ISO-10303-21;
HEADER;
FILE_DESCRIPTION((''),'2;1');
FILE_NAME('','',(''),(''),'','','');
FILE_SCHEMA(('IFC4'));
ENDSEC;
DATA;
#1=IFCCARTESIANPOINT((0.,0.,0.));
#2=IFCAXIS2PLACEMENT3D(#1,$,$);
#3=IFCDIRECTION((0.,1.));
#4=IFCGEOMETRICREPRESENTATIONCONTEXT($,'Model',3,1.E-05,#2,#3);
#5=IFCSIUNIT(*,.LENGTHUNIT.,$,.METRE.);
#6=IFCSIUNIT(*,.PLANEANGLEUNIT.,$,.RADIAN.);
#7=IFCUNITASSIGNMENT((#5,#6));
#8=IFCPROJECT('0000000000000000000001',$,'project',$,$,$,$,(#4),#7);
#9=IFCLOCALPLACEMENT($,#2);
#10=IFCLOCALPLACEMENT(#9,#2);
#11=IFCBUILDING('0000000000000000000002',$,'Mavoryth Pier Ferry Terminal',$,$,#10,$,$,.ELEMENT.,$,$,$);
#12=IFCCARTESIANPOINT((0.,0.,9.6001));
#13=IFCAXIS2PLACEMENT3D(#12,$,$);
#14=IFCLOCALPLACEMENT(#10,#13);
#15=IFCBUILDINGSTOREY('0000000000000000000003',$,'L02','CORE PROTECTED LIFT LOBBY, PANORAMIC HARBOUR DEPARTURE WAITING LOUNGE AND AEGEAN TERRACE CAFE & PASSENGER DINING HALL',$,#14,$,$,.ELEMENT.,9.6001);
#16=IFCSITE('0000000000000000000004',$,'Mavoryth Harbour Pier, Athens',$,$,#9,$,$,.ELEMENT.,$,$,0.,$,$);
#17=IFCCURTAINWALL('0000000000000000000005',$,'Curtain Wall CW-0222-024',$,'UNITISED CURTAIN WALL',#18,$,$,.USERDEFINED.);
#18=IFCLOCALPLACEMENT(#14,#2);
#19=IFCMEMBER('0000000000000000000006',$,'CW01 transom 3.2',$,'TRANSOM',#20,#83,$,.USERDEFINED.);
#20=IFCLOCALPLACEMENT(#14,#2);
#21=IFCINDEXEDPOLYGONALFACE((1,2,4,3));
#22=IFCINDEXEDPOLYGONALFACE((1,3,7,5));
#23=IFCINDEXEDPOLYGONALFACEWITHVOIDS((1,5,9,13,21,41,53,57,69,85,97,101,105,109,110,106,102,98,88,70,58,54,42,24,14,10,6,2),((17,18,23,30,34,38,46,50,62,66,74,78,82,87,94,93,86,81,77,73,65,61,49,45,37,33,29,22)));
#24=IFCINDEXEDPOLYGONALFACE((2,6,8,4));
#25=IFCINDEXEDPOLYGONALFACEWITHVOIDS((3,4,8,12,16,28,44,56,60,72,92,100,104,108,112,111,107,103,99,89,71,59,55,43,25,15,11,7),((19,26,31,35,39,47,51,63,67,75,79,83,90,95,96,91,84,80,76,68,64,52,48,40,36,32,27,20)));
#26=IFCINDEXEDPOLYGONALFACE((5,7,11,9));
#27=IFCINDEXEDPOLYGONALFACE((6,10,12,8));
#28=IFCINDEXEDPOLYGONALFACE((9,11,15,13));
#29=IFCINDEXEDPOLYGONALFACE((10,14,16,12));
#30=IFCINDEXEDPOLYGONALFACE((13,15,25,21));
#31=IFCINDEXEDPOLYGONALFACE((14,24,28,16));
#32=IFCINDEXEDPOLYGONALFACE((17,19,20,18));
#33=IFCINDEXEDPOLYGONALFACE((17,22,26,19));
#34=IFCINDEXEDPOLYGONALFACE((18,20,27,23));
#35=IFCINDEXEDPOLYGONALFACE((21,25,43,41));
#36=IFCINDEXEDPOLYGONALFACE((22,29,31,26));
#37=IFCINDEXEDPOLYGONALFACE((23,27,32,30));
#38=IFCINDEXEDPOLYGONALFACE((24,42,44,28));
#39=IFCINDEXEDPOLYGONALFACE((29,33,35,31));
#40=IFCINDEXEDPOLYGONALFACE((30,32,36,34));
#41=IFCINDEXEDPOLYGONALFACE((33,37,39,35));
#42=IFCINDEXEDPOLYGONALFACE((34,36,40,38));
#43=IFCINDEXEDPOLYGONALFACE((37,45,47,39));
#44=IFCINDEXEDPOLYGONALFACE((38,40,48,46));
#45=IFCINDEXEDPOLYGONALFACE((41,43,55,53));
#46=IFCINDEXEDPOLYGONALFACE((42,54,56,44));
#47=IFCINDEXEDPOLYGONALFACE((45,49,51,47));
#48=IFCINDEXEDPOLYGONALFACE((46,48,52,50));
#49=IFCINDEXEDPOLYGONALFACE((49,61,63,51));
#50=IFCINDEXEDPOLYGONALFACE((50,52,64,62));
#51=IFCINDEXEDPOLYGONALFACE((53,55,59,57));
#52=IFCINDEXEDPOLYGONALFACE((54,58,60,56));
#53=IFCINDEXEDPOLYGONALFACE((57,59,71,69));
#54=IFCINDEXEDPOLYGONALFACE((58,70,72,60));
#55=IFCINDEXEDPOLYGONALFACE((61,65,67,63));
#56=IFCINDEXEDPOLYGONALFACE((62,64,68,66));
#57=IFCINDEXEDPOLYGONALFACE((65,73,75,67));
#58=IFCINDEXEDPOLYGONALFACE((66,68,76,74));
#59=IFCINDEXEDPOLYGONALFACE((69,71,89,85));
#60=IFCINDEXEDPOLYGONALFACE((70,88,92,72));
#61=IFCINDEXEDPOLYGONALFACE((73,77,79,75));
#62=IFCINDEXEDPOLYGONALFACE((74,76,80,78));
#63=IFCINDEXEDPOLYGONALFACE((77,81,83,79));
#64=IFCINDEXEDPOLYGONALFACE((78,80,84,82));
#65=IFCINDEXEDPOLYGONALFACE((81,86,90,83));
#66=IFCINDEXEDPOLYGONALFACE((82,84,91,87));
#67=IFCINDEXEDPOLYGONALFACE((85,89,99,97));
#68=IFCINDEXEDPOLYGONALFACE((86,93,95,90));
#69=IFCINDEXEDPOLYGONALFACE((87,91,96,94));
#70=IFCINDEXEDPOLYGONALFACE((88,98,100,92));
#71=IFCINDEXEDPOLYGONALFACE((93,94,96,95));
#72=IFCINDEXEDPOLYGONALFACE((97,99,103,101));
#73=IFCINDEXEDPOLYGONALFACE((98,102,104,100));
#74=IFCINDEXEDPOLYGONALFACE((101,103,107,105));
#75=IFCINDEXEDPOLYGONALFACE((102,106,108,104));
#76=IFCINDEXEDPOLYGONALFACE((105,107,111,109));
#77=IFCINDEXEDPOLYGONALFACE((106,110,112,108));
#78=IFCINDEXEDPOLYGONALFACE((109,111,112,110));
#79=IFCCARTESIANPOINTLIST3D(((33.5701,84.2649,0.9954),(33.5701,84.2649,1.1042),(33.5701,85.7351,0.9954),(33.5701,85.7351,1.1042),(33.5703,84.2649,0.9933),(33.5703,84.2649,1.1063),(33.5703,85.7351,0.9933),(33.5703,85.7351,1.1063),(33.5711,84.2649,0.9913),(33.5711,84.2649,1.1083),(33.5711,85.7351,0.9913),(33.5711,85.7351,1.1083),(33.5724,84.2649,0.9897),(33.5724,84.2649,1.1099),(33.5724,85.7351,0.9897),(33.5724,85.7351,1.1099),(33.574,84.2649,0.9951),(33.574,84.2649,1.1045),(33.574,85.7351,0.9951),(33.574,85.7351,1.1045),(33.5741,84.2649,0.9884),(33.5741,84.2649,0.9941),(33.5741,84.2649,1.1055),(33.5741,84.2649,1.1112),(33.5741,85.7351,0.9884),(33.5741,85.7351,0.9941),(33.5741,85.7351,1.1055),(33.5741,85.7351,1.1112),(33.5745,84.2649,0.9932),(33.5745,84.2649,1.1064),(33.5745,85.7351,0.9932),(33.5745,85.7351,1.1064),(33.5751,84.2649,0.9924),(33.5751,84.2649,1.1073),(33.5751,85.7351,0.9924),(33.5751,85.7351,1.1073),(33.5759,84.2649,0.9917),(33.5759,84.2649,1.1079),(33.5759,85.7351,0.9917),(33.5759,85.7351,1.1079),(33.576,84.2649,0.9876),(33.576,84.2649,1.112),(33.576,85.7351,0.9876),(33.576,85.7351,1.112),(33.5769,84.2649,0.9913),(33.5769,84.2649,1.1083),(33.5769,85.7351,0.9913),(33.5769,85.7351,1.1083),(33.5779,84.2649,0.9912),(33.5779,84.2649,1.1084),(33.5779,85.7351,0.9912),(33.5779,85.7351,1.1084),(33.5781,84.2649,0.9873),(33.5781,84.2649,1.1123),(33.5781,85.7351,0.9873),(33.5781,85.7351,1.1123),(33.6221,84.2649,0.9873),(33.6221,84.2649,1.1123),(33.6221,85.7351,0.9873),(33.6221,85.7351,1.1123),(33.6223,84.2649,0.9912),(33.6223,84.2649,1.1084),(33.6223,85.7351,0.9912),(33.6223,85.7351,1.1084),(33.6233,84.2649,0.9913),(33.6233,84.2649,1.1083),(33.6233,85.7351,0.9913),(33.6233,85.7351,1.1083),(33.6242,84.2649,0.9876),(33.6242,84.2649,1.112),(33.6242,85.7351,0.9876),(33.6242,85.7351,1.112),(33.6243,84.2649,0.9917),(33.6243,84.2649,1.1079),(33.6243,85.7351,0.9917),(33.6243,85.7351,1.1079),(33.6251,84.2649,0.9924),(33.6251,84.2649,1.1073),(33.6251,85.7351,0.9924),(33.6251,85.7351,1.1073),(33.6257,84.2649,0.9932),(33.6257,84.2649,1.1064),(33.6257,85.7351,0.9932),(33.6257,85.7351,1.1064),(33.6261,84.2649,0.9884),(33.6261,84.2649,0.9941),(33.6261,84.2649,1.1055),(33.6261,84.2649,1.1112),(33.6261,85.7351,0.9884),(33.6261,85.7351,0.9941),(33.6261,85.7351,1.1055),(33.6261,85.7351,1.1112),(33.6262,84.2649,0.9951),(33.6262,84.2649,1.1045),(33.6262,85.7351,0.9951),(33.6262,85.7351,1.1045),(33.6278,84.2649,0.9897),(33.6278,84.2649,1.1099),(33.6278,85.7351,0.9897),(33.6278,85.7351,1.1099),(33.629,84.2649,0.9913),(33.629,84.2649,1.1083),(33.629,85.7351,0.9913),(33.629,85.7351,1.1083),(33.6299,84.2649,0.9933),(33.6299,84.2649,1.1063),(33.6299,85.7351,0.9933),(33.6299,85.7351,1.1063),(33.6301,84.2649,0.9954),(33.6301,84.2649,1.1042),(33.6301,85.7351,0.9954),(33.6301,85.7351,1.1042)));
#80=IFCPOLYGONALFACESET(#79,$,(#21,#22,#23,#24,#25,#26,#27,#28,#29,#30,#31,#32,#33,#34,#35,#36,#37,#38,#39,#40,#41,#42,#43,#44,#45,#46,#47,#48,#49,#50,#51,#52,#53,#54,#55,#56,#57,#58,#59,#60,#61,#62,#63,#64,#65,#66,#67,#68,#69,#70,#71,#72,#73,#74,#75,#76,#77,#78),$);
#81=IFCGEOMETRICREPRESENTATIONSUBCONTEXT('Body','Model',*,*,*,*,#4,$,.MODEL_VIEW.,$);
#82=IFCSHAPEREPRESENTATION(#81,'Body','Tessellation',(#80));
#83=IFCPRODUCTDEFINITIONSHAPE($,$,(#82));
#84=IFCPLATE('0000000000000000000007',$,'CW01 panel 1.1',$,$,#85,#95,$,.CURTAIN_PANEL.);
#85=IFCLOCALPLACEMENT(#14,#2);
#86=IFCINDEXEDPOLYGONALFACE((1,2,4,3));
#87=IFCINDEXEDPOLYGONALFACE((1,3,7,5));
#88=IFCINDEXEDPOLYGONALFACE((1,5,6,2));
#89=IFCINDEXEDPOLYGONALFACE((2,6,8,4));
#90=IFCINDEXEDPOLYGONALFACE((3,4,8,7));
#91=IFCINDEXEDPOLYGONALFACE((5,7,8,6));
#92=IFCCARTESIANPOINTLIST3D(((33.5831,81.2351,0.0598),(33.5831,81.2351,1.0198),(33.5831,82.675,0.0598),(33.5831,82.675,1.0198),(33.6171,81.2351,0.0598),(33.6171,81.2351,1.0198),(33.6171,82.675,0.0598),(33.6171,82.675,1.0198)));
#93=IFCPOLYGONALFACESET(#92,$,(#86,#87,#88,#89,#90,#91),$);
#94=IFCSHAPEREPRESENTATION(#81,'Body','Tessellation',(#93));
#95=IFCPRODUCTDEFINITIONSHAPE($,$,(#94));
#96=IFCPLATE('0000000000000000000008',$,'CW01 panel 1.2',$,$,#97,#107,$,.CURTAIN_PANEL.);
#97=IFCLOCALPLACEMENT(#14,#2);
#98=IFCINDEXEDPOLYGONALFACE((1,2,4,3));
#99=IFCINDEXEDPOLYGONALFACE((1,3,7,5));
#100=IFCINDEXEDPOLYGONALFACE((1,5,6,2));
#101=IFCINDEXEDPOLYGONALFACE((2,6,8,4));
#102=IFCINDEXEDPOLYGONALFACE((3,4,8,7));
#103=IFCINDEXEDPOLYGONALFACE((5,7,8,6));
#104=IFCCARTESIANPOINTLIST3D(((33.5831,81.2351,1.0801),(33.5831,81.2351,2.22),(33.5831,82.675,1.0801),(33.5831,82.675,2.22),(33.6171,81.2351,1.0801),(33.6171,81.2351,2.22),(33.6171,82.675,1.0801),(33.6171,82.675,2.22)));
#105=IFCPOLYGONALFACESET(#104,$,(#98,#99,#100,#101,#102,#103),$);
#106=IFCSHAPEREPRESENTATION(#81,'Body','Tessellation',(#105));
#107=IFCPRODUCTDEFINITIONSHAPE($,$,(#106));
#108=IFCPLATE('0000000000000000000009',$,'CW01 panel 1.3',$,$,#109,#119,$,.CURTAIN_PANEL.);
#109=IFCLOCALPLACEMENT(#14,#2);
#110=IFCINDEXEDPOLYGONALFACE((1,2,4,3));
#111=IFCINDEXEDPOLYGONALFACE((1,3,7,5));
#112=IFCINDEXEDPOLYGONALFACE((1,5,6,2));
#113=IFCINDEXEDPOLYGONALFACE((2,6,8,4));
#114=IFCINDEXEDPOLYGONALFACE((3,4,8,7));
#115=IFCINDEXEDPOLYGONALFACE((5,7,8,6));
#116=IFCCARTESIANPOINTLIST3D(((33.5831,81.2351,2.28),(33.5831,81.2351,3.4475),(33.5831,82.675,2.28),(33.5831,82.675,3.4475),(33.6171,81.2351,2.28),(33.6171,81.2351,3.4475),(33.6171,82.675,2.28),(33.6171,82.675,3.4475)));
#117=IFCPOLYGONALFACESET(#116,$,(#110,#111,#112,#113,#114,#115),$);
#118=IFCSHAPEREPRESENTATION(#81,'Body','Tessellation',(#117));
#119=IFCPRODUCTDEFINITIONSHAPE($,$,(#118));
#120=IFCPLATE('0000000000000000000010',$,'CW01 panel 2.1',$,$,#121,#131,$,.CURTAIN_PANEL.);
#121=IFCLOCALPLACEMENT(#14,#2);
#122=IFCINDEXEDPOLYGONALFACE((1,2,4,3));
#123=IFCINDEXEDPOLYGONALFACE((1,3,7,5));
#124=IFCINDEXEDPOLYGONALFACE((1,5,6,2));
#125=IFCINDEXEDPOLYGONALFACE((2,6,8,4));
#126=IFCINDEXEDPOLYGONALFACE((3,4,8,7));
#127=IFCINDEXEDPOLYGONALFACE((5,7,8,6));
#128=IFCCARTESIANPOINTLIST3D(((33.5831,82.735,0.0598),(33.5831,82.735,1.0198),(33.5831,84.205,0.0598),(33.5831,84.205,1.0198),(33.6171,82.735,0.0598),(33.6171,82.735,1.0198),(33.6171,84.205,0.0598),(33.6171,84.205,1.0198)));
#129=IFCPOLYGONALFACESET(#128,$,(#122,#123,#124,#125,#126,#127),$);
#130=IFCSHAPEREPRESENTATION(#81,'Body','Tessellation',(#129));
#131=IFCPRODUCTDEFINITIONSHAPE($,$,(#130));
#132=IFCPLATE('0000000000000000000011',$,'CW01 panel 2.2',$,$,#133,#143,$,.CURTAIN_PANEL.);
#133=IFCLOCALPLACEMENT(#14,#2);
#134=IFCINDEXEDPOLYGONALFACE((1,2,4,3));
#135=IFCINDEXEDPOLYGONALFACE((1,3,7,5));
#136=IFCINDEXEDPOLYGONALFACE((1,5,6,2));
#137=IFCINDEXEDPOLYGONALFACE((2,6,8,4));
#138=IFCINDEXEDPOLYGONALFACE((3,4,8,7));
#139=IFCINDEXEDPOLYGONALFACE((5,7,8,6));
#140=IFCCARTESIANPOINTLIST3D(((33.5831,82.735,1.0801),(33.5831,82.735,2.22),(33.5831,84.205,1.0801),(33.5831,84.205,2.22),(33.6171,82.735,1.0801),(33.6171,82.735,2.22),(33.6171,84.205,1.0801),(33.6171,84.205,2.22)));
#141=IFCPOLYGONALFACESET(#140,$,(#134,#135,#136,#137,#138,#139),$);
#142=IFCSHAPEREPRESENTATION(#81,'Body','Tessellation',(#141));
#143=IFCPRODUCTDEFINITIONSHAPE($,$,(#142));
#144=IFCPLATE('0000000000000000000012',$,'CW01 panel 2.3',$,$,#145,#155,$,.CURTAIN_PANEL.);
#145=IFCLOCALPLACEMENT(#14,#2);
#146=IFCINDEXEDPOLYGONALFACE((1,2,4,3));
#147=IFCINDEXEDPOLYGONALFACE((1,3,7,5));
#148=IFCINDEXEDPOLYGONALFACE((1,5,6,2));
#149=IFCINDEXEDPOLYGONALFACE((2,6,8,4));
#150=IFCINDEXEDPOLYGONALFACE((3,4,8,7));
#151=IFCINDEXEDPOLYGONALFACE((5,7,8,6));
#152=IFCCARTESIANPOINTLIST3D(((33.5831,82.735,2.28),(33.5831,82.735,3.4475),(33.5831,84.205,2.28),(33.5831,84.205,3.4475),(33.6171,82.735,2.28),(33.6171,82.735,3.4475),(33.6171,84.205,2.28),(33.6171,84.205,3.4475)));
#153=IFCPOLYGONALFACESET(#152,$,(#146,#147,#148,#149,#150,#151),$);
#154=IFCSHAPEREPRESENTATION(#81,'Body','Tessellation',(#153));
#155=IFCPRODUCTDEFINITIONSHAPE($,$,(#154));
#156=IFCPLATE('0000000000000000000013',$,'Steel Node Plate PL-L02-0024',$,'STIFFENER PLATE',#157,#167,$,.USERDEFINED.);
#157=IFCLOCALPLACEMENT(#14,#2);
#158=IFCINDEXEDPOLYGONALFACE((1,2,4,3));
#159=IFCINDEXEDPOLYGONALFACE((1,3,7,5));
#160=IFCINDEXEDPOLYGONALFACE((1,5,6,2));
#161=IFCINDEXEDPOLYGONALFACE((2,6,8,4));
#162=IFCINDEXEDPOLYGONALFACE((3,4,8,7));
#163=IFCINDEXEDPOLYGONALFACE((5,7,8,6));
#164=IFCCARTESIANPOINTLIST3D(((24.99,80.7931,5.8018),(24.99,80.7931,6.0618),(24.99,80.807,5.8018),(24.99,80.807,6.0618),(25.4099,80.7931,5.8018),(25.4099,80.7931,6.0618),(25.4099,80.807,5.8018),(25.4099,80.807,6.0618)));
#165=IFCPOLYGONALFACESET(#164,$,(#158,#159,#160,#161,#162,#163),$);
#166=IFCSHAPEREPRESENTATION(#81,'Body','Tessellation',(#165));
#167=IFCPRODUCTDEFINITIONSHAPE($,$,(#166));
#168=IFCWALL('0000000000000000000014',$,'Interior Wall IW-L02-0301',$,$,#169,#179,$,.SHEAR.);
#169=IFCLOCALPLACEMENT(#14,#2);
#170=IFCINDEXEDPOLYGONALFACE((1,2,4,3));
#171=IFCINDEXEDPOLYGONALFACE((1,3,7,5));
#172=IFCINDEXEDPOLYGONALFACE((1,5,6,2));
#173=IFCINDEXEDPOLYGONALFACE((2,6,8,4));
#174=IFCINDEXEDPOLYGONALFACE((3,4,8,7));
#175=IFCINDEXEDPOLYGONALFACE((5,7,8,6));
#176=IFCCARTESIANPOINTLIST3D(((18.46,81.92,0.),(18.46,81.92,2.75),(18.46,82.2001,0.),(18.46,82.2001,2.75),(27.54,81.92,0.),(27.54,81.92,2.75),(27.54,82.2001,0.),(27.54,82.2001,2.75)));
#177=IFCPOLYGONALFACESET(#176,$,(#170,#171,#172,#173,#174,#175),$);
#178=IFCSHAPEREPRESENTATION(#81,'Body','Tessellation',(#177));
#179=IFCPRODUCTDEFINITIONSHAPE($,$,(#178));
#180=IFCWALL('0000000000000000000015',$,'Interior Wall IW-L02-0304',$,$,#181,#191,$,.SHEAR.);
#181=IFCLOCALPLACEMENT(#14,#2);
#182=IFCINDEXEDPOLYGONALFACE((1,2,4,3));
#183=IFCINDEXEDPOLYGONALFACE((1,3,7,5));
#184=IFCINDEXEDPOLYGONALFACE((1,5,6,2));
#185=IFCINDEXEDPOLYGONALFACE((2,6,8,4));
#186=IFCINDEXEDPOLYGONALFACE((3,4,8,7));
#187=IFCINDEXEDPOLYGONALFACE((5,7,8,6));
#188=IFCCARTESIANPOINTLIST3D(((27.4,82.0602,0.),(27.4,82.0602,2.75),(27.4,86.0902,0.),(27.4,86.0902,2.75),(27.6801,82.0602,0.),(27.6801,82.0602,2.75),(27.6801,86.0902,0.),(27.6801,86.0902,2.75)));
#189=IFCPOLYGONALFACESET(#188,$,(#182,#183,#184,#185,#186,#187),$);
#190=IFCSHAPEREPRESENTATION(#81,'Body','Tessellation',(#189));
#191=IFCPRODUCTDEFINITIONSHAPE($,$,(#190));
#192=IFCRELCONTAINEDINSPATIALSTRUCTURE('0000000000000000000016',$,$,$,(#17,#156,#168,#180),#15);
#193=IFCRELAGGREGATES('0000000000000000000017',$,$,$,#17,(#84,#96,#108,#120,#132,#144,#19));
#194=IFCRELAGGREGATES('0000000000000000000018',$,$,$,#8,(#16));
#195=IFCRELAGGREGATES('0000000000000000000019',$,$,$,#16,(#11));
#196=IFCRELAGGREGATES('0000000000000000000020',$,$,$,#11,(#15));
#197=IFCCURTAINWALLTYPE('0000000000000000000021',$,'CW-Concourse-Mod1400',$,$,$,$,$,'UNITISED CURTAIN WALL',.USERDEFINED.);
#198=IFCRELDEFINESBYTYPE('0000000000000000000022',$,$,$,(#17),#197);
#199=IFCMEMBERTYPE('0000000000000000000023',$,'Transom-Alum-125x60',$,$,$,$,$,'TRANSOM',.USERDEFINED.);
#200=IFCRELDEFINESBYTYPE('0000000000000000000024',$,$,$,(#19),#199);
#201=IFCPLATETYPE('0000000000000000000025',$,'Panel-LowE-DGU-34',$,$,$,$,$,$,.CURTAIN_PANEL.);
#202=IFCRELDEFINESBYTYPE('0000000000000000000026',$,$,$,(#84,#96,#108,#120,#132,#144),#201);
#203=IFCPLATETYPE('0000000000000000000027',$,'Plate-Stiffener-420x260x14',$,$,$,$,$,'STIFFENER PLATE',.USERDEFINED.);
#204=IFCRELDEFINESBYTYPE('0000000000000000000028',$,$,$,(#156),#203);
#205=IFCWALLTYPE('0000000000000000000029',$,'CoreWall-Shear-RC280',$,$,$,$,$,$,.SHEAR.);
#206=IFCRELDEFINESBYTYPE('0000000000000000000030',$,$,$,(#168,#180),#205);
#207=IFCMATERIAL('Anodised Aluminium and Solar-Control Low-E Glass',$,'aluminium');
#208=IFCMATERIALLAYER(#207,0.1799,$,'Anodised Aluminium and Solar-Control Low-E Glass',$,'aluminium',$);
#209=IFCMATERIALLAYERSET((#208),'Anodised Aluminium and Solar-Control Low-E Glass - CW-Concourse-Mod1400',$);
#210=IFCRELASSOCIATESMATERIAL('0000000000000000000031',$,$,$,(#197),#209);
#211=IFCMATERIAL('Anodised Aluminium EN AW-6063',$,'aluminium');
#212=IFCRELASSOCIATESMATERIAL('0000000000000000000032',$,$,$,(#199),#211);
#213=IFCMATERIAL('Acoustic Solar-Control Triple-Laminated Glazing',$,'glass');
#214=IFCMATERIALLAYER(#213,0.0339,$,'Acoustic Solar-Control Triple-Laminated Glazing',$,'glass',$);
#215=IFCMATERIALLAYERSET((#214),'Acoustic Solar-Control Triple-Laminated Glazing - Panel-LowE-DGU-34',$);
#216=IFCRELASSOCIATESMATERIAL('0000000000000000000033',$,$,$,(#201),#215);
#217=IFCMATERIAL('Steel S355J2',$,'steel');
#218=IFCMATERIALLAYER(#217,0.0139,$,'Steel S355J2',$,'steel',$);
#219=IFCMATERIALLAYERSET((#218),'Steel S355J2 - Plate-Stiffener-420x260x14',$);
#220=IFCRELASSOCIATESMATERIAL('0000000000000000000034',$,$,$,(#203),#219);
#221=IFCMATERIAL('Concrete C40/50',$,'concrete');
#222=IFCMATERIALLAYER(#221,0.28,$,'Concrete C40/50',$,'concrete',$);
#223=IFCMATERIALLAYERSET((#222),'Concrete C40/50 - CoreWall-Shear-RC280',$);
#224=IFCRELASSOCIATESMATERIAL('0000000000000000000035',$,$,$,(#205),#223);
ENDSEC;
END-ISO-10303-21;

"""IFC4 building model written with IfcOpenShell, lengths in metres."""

from ifc_helpers import new_model, si_unit, direction, frame, frame_2d, origin, origin_2d, place, context, subcontext, project, spatial, rectangle, hollow_rectangle, extrude, material, layer, layer_set, material_profile, profile_set, type_object, element, aggregate, save


model = new_model("IFC4")

# Units and contexts
model_context = context("Model", 3, precision=1e-05, world=origin(), true_north=direction((0.0, 1.0)))
body_context = subcontext(model_context, "Body", "Model", "MODEL_VIEW")
ifc_project = project(units=[si_unit("LENGTHUNIT", "METRE"), si_unit("PLANEANGLEUNIT", "RADIAN")], contexts=[model_context])

# Site, building, storey
site_placement = place(None, origin())
site = spatial("IfcSite", under=ifc_project, at=site_placement, Name="Mavoryth Harbour Pier, Athens", CompositionType="ELEMENT", RefElevation=0.0)
building_placement = place(site_placement, origin())
building = spatial("IfcBuilding", under=site, at=building_placement, Name="Mavoryth Pier Ferry Terminal", CompositionType="ELEMENT")
storey_placement = place(building_placement, frame((0.0, 0.0, 9.6001)))
storey = spatial("IfcBuildingStorey", under=building, at=storey_placement, Name="L02", Description="CORE PROTECTED LIFT LOBBY, PANORAMIC HARBOUR DEPARTURE WAITING LOUNGE AND AEGEAN TERRACE CAFE & PASSENGER DINING HALL", CompositionType="ELEMENT", Elevation=9.6001)

# Shared definitions
ifc_material_1 = material(Name="Concrete C40/50", Category="concrete")

# Shared definitions
ifc_material_2 = material(Name="Steel S355J2", Category="steel")

# Curtain wall
ifc_material_3 = material(Name="Anodised Aluminium and Solar-Control Low-E Glass", Category="aluminium")
ifc_layer_1 = layer(ifc_material_3, 0.1799, Name="Anodised Aluminium and Solar-Control Low-E Glass", Category="aluminium")
ifc_layer_set_1 = layer_set([ifc_layer_1], Name="Anodised Aluminium and Solar-Control Low-E Glass - CW-Concourse-Mod1400")
curtain_wall_type = type_object("IfcCurtainWallType", Name="CW-Concourse-Mod1400", ElementType="UNITISED CURTAIN WALL", PredefinedType="USERDEFINED", material=ifc_layer_set_1)
curtain_wall_placement = place(storey_placement, origin())
curtain_wall = element("IfcCurtainWall", 1, at=curtain_wall_placement, inside=storey, type_object=curtain_wall_type, Name="Curtain Wall CW-0222-024", ObjectType="UNITISED CURTAIN WALL", PredefinedType="USERDEFINED")
ifc_material_4 = material(Name="Anodised Aluminium EN AW-6063", Category="aluminium")

# Member
ifc_material_profile_1 = material_profile(ifc_material_4, hollow_rectangle(XDim=0.0601, YDim=0.125, WallThickness=0.0039, InnerFilletRadius=0.0039, OuterFilletRadius=0.0081, at=origin_2d()), Name="AL-TRAN 125x60x4", Category="aluminium")
ifc_profile_set_1 = profile_set([ifc_material_profile_1], Name="Anodised Aluminium EN AW-6063 - AL-TRAN 125x60x4")
member_type_1 = type_object("IfcMemberType", Name="Transom-Alum-125x60", ElementType="TRANSOM", PredefinedType="USERDEFINED", material=ifc_profile_set_1)
member_1_placement = place(storey_placement, frame((33.6001, 84.2649, 1.0498), z_axis=(0.0, 1.0, 0.0), x_axis=(-1.0, 0.0, 0.0)))
member_1 = element("IfcMember", 2, at=member_1_placement, type_object=member_type_1, Name="CW01 transom 3.2", ObjectType="TRANSOM", PredefinedType="USERDEFINED", context=body_context, shape_type="SweptSolid", body=[
    extrude(hollow_rectangle(XDim=0.0601, YDim=0.125, WallThickness=0.0039, InnerFilletRadius=0.0039, OuterFilletRadius=0.0081, at=origin_2d()), origin(), (0.0, 0.0, 1.0), 1.4702),
])

# Plates
ifc_material_5 = material(Name="Acoustic Solar-Control Triple-Laminated Glazing", Category="glass")
ifc_layer_2 = layer(ifc_material_5, 0.0339, Name="Acoustic Solar-Control Triple-Laminated Glazing", Category="glass")
ifc_layer_set_2 = layer_set([ifc_layer_2], Name="Acoustic Solar-Control Triple-Laminated Glazing - Panel-LowE-DGU-34")
plate_type_1 = type_object("IfcPlateType", Name="Panel-LowE-DGU-34", PredefinedType="CURTAIN_PANEL", material=ifc_layer_set_2)
plate_1_placement = place(storey_placement, frame((33.6001, 81.9551, 0.0598), z_axis=(0.0, 0.0, 1.0), x_axis=(0.0, 1.0, 0.0)))
plate_1 = element("IfcPlate", 3, at=plate_1_placement, type_object=plate_type_1, Name="CW01 panel 1.1", PredefinedType="CURTAIN_PANEL", context=body_context, shape_type="SweptSolid", body=[
    extrude(rectangle(XDim=1.4399, YDim=0.0339, at=origin_2d()), origin(), (0.0, 0.0, 1.0), 0.96),
])
plate_2_placement = place(storey_placement, frame((33.6001, 81.9551, 1.0801), z_axis=(0.0, 0.0, 1.0), x_axis=(0.0, 1.0, 0.0)))
plate_2 = element("IfcPlate", 4, at=plate_2_placement, type_object=plate_type_1, Name="CW01 panel 1.2", PredefinedType="CURTAIN_PANEL", context=body_context, shape_type="SweptSolid", body=[
    extrude(rectangle(XDim=1.4399, YDim=0.0339, at=origin_2d()), origin(), (0.0, 0.0, 1.0), 1.1399),
])
plate_3_placement = place(storey_placement, frame((33.6001, 81.9551, 2.28), z_axis=(0.0, 0.0, 1.0), x_axis=(0.0, 1.0, 0.0)))
plate_3 = element("IfcPlate", 5, at=plate_3_placement, type_object=plate_type_1, Name="CW01 panel 1.3", PredefinedType="CURTAIN_PANEL", context=body_context, shape_type="SweptSolid", body=[
    extrude(rectangle(XDim=1.4399, YDim=0.0339, at=origin_2d()), origin(), (0.0, 0.0, 1.0), 1.1675),
])
plate_4_placement = place(storey_placement, frame((33.6001, 83.47, 0.0598), z_axis=(0.0, 0.0, 1.0), x_axis=(0.0, 1.0, 0.0)))
plate_4 = element("IfcPlate", 6, at=plate_4_placement, type_object=plate_type_1, Name="CW01 panel 2.1", PredefinedType="CURTAIN_PANEL", context=body_context, shape_type="SweptSolid", body=[
    extrude(rectangle(XDim=1.47, YDim=0.0339, at=origin_2d()), origin(), (0.0, 0.0, 1.0), 0.96),
])
plate_5_placement = place(storey_placement, frame((33.6001, 83.47, 1.0801), z_axis=(0.0, 0.0, 1.0), x_axis=(0.0, 1.0, 0.0)))
plate_5 = element("IfcPlate", 7, at=plate_5_placement, type_object=plate_type_1, Name="CW01 panel 2.2", PredefinedType="CURTAIN_PANEL", context=body_context, shape_type="SweptSolid", body=[
    extrude(rectangle(XDim=1.47, YDim=0.0339, at=origin_2d()), origin(), (0.0, 0.0, 1.0), 1.1399),
])
plate_6_placement = place(storey_placement, frame((33.6001, 83.47, 2.28), z_axis=(0.0, 0.0, 1.0), x_axis=(0.0, 1.0, 0.0)))
plate_6 = element("IfcPlate", 8, at=plate_6_placement, type_object=plate_type_1, Name="CW01 panel 2.3", PredefinedType="CURTAIN_PANEL", context=body_context, shape_type="SweptSolid", body=[
    extrude(rectangle(XDim=1.47, YDim=0.0339, at=origin_2d()), origin(), (0.0, 0.0, 1.0), 1.1675),
])
aggregate(curtain_wall, [plate_1, plate_2, plate_3, plate_4, plate_5, plate_6, member_1])
ifc_layer_3 = layer(ifc_material_2, 0.0139, Name="Steel S355J2", Category="steel")
ifc_layer_set_3 = layer_set([ifc_layer_3], Name="Steel S355J2 - Plate-Stiffener-420x260x14")
plate_type_2 = type_object("IfcPlateType", Name="Plate-Stiffener-420x260x14", ElementType="STIFFENER PLATE", PredefinedType="USERDEFINED", material=ifc_layer_set_3)
plate_7_placement = place(storey_placement, frame((25.2, 80.8, 5.8018), z_axis=(0.0, 0.0, 1.0), x_axis=(1.0, 0.0, 0.0)))
element("IfcPlate", 9, at=plate_7_placement, inside=storey, type_object=plate_type_2, Name="Steel Node Plate PL-L02-0024", ObjectType="STIFFENER PLATE", PredefinedType="USERDEFINED", context=body_context, shape_type="SweptSolid", body=[
    extrude(rectangle(XDim=0.4199, YDim=0.0139, at=origin_2d()), origin(), (0.0, 0.0, 1.0), 0.26),
])

# Walls
ifc_layer_4 = layer(ifc_material_1, 0.28, Name="Concrete C40/50", Category="concrete")
ifc_layer_set_4 = layer_set([ifc_layer_4], Name="Concrete C40/50 - CoreWall-Shear-RC280")
wall_type = type_object("IfcWallType", Name="CoreWall-Shear-RC280", PredefinedType="SHEAR", material=ifc_layer_set_4)
wall_1_placement = place(storey_placement, frame((18.46, 82.0601, 0.0), z_axis=(0.0, 0.0, 1.0), x_axis=(1.0, 0.0, 0.0)))
element("IfcWall", 10, at=wall_1_placement, inside=storey, type_object=wall_type, Name="Interior Wall IW-L02-0301", PredefinedType="SHEAR", context=body_context, shape_type="SweptSolid", body=[
    extrude(rectangle(XDim=9.0801, YDim=0.28, at=frame_2d((4.54, 0.0))), origin(), (0.0, 0.0, 1.0), 2.75),
])
wall_2_placement = place(storey_placement, frame((27.54, 82.0601, 0.0), z_axis=(0.0, 0.0, 1.0), x_axis=(0.0, 1.0, 0.0)))
element("IfcWall", 11, at=wall_2_placement, inside=storey, type_object=wall_type, Name="Interior Wall IW-L02-0304", PredefinedType="SHEAR", context=body_context, shape_type="SweptSolid", body=[
    extrude(rectangle(XDim=4.03, YDim=0.28, at=frame_2d((2.0151, 0.0))), origin(), (0.0, 0.0, 1.0), 2.75),
])

save(model, "model.ifc")
